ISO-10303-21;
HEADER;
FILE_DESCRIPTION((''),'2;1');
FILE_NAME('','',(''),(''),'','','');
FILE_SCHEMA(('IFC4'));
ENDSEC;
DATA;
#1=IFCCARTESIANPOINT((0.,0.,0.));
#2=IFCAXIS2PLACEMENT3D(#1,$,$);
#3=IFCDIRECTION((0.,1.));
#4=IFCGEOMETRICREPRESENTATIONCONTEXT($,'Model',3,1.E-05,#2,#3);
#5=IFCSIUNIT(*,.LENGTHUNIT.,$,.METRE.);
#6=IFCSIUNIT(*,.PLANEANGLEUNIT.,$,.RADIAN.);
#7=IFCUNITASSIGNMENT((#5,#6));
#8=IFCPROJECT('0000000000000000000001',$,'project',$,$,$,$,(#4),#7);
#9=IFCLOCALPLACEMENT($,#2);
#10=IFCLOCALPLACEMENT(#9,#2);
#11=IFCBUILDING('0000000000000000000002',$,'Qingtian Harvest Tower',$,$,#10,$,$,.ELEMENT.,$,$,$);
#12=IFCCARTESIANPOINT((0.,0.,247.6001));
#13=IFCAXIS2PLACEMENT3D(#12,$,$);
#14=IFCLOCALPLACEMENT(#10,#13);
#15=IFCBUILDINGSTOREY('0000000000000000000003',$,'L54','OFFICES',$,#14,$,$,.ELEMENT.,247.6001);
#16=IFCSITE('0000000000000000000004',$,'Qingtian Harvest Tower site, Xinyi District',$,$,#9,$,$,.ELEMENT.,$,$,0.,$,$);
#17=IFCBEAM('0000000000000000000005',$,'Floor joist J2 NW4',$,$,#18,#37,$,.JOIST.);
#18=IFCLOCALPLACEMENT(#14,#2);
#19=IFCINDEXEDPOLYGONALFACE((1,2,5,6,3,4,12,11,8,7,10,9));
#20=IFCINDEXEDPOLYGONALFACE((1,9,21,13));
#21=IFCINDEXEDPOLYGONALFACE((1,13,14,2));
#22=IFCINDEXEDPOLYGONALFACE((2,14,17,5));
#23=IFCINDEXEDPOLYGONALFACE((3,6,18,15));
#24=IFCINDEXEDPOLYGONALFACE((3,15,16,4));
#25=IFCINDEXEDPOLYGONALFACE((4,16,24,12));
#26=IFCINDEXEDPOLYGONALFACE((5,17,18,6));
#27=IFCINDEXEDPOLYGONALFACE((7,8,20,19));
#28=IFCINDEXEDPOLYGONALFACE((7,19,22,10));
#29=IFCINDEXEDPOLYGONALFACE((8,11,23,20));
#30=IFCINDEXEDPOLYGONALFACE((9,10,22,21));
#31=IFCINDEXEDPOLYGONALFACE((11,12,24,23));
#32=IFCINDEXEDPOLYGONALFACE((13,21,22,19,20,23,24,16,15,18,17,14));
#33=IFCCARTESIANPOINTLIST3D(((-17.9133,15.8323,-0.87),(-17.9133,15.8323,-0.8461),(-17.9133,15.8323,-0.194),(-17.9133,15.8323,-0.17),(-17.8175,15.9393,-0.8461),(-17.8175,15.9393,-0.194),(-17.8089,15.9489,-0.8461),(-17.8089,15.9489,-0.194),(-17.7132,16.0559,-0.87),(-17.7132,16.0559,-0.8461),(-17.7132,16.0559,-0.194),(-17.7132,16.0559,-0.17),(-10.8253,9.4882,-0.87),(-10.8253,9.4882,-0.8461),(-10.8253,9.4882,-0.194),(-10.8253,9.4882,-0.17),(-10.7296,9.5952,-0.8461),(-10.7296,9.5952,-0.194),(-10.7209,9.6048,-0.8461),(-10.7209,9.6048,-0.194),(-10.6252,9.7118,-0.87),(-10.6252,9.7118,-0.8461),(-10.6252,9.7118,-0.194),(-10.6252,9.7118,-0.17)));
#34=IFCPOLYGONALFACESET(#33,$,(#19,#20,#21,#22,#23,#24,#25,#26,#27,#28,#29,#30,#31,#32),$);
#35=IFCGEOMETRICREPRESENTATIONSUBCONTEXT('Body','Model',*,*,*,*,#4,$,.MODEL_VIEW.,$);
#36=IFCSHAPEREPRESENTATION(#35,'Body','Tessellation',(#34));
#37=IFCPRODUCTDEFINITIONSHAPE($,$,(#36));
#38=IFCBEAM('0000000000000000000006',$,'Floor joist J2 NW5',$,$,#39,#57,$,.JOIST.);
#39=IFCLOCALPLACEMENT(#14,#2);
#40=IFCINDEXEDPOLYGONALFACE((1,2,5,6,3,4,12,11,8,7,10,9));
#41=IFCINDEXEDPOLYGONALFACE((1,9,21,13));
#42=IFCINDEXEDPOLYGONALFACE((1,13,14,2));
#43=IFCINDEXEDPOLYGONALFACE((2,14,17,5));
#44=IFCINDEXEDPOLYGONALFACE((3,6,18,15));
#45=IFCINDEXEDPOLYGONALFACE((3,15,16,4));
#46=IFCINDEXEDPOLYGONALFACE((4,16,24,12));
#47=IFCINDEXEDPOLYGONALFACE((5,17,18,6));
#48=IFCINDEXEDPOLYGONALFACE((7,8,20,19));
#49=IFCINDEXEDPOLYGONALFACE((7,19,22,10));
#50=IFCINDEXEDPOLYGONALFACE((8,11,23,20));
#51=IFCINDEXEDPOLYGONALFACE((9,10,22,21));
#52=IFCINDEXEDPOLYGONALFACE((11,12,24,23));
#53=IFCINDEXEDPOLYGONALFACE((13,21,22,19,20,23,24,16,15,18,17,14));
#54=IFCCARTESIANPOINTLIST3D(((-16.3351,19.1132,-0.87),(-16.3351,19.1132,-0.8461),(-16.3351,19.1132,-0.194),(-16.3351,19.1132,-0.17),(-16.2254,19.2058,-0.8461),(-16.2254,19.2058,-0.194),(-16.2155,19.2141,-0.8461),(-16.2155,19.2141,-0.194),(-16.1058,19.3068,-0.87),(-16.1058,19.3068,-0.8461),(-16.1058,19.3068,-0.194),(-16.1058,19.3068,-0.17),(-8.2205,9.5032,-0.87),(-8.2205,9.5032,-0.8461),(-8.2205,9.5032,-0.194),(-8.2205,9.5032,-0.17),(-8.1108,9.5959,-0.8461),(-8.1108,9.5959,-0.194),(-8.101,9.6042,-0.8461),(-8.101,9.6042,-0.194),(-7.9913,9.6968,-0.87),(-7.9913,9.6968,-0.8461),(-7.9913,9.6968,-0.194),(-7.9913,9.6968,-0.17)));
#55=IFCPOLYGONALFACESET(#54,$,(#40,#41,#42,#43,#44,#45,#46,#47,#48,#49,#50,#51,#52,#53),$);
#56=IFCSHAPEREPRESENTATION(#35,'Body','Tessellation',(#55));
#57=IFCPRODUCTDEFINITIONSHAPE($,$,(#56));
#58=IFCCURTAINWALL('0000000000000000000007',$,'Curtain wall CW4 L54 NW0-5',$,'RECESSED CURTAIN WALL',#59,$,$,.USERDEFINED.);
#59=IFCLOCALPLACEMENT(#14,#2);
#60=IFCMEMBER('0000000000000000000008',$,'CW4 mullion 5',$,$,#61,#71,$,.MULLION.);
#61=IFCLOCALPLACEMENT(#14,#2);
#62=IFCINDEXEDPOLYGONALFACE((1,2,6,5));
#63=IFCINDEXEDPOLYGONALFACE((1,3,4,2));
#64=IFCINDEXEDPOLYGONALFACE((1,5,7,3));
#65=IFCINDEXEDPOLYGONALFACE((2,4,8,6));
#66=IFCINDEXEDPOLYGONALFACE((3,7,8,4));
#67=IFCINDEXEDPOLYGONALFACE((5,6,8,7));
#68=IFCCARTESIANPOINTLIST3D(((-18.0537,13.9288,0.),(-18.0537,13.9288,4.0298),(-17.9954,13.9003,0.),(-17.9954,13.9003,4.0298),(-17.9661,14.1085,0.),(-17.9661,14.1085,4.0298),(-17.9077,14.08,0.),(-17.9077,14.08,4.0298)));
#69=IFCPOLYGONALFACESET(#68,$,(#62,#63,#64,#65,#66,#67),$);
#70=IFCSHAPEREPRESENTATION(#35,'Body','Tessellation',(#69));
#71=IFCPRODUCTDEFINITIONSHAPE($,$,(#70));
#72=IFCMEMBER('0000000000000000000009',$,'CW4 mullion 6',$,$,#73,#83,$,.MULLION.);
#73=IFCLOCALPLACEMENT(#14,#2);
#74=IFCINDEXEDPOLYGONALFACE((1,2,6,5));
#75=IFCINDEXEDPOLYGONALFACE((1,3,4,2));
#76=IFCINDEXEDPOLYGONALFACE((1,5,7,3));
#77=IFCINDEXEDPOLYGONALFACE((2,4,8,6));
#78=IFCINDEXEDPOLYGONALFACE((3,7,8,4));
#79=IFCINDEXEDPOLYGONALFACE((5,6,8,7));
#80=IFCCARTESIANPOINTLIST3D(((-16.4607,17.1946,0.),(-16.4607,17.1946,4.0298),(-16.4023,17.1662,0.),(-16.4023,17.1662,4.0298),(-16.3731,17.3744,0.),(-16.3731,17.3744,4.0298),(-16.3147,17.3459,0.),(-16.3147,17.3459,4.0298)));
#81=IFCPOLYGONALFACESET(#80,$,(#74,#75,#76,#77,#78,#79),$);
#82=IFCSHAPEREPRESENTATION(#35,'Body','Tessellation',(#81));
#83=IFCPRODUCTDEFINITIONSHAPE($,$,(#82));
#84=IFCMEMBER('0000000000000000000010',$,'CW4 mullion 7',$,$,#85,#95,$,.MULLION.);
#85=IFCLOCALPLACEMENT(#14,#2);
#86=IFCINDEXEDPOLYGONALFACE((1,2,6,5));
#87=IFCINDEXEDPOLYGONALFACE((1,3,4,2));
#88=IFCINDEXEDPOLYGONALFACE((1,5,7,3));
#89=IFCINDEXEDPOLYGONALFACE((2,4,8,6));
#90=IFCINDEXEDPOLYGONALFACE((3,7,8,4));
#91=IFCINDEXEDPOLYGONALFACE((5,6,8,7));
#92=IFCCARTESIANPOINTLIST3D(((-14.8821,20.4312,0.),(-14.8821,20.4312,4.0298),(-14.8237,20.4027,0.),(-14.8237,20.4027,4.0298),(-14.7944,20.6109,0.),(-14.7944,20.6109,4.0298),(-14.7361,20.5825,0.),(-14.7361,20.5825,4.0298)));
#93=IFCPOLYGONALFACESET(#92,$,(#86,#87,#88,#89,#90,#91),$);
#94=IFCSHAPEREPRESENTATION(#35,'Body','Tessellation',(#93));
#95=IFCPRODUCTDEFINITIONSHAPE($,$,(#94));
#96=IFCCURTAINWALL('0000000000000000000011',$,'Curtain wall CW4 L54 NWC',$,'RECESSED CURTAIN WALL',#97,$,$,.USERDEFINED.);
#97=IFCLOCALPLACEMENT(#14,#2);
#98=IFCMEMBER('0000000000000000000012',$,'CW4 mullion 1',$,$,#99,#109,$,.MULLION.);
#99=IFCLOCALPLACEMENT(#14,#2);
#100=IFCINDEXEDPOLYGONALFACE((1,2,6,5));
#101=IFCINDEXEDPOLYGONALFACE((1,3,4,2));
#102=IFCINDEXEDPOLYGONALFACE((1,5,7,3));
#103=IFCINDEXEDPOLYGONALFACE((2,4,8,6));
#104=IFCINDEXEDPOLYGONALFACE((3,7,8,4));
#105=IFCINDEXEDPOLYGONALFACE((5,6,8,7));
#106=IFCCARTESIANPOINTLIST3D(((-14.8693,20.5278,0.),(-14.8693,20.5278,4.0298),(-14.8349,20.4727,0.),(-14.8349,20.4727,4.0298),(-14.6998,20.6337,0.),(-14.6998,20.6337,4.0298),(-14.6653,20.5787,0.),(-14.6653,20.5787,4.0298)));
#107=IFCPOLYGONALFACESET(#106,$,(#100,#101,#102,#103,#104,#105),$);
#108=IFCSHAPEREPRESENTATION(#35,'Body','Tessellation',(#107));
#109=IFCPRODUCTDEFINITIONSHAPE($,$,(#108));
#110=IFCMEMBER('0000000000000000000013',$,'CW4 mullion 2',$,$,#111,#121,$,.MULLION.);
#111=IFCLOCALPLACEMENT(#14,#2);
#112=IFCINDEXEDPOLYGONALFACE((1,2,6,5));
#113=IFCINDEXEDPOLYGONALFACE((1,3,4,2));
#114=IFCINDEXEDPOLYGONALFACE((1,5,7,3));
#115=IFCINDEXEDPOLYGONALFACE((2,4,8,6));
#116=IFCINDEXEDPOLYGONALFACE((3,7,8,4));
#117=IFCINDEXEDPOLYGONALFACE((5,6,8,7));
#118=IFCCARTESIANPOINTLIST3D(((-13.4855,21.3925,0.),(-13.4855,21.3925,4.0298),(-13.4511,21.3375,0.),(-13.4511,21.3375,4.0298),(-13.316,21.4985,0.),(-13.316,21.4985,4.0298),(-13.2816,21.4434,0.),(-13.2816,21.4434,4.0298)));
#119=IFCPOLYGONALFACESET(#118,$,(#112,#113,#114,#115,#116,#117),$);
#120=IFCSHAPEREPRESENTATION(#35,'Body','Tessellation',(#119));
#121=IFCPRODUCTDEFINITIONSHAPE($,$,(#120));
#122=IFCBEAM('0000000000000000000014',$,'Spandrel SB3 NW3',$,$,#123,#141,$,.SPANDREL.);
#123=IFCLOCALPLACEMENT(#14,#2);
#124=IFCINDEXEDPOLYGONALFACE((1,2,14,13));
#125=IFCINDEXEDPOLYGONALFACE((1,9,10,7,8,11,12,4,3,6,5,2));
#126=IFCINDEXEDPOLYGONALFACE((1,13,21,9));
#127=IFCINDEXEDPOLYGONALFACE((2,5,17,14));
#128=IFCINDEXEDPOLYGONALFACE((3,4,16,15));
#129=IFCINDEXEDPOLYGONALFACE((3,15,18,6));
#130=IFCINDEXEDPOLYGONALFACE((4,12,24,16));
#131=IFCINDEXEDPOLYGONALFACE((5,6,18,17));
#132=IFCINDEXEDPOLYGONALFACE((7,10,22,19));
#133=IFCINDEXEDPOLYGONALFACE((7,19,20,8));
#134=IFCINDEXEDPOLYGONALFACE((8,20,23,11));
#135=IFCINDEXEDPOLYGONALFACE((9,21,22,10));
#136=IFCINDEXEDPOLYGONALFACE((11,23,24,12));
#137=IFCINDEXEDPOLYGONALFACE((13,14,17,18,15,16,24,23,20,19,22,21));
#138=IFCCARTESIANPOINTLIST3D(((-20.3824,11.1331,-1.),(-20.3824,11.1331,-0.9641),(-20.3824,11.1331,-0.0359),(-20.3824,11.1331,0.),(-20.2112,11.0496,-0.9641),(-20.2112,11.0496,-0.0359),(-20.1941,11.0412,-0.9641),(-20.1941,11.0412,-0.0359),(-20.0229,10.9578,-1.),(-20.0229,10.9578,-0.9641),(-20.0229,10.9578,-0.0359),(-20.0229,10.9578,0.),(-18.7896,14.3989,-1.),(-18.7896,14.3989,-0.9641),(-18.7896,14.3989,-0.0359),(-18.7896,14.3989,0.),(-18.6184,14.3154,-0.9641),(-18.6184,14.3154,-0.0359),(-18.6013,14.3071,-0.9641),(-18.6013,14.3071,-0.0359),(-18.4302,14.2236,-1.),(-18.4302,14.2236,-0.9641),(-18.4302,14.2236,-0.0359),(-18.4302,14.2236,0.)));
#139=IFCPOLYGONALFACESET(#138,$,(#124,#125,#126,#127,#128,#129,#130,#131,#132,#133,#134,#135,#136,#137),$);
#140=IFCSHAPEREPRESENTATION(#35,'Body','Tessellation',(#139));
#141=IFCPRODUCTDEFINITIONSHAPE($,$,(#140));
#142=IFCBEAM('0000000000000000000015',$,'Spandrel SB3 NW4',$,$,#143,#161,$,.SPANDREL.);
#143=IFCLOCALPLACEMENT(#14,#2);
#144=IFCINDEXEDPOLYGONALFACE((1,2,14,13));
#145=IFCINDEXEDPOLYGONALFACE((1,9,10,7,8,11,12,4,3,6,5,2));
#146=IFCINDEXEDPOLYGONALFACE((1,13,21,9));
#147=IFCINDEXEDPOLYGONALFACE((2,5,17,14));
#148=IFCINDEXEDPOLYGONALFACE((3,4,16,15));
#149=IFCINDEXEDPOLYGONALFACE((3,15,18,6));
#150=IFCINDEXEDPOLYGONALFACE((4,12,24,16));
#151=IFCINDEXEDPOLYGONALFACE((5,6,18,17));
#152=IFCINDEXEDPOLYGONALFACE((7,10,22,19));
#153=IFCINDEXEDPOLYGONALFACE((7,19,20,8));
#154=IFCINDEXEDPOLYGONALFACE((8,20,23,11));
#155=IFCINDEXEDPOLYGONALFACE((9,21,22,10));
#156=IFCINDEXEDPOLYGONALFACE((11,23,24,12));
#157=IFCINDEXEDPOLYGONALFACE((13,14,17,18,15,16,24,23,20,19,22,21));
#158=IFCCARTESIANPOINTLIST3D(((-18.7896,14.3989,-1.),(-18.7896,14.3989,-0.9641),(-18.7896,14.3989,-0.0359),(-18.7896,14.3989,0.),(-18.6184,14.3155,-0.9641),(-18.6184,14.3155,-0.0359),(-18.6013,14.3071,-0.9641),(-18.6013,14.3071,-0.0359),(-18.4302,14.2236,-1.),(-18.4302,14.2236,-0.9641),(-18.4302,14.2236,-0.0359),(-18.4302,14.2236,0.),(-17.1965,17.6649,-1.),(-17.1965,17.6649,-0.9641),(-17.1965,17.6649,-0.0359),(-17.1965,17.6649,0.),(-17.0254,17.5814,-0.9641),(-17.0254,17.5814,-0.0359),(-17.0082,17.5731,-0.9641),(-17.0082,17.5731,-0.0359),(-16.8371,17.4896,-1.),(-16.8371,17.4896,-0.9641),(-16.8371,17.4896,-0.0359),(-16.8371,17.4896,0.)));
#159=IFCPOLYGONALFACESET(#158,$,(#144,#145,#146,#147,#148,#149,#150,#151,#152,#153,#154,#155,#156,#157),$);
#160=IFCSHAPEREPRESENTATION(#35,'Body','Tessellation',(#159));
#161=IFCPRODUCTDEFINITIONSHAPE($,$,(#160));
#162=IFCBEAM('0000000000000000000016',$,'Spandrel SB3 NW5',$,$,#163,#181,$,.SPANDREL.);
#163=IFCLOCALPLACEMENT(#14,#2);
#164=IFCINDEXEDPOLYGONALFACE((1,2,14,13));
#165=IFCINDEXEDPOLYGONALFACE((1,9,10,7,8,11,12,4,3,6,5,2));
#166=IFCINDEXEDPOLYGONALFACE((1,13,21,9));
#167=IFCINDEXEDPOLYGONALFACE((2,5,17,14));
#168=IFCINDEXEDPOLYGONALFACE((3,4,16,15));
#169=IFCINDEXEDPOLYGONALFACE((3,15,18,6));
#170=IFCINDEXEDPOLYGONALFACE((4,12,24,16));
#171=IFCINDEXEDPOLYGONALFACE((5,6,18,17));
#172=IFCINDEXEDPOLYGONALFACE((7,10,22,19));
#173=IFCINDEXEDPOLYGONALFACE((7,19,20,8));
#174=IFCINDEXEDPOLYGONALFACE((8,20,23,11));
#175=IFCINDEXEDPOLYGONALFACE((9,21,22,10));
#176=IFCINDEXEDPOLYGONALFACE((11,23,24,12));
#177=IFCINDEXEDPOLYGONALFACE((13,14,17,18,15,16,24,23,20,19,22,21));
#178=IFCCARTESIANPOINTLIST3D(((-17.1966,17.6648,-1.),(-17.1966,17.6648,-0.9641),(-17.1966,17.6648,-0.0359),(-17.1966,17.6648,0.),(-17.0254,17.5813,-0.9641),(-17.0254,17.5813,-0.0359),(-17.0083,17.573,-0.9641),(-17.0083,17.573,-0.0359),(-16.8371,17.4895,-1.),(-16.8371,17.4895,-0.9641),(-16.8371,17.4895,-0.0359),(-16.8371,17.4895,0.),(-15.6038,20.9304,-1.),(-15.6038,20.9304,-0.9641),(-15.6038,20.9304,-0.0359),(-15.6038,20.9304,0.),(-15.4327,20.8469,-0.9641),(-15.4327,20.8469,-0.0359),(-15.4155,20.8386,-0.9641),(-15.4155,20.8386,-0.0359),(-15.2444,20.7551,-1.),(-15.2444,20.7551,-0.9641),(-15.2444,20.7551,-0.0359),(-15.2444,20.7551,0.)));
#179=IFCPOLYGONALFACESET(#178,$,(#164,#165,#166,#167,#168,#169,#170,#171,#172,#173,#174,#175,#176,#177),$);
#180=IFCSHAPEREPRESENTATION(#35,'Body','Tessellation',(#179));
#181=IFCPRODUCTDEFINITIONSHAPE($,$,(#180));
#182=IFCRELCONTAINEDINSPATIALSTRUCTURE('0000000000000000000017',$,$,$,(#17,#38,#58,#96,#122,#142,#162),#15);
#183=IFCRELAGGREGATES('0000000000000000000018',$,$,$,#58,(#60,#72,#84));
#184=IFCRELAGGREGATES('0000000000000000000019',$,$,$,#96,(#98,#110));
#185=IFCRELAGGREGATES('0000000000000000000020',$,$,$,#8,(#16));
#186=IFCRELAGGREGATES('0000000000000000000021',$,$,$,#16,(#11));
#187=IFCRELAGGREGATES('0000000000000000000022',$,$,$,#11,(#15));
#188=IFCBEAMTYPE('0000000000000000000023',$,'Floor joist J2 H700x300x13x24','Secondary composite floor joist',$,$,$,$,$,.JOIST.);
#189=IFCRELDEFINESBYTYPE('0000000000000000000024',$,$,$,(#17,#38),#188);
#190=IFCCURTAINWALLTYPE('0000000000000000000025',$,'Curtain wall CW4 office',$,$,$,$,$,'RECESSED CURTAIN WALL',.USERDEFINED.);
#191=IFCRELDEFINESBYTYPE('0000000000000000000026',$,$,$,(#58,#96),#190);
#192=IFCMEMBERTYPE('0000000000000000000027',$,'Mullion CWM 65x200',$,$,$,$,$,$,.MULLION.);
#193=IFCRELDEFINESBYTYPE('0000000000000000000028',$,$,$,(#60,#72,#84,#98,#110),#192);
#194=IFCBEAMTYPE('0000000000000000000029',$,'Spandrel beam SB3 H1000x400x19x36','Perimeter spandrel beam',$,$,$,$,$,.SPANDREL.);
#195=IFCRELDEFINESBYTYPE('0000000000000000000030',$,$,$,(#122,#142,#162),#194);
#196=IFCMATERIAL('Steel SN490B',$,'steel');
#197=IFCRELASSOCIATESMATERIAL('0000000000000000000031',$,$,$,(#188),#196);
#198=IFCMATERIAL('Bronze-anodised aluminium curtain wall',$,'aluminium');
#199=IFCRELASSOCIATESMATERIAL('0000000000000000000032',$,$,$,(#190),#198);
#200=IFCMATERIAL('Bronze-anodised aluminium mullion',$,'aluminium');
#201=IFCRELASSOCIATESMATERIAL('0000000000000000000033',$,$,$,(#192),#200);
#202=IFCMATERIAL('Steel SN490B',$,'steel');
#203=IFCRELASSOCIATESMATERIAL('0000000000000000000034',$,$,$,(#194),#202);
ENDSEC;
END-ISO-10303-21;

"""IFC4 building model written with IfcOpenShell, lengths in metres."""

from ifc_helpers import new_model, si_unit, direction, frame, origin, origin_2d, place, context, subcontext, project, spatial, rectangle, i_section, extrude, material, material_profile, profile_set, type_object, element, aggregate, save


model = new_model("IFC4")

# Units and contexts
model_context = context("Model", 3, precision=1e-05, world=origin(), true_north=direction((0.0, 1.0)))
body_context = subcontext(model_context, "Body", "Model", "MODEL_VIEW")
ifc_project = project(units=[si_unit("LENGTHUNIT", "METRE"), si_unit("PLANEANGLEUNIT", "RADIAN")], contexts=[model_context])

# Site, building, storey
site_placement = place(None, origin())
site = spatial("IfcSite", under=ifc_project, at=site_placement, Name="Qingtian Harvest Tower site, Xinyi District", CompositionType="ELEMENT", RefElevation=0.0)
building_placement = place(site_placement, origin())
building = spatial("IfcBuilding", under=site, at=building_placement, Name="Qingtian Harvest Tower", CompositionType="ELEMENT")
storey_placement = place(building_placement, frame((0.0, 0.0, 247.6001)))
storey = spatial("IfcBuildingStorey", under=building, at=storey_placement, Name="L54", Description="OFFICES", CompositionType="ELEMENT", Elevation=247.6001)

# Beams
ifc_material_1 = material(Name="Steel SN490B", Category="steel")
ifc_material_profile_1 = material_profile(ifc_material_1, i_section(OverallWidth=0.3, OverallDepth=0.7, WebThickness=0.0129, FlangeThickness=0.0239, at=origin_2d()), Name="H700x300x13x24")
ifc_profile_set_1 = profile_set([ifc_material_profile_1], Name="Steel SN490B")
beam_type_1 = type_object("IfcBeamType", Name="Floor joist J2 H700x300x13x24", Description="Secondary composite floor joist", PredefinedType="JOIST", material=ifc_profile_set_1)
beam_1_placement = place(storey_placement, frame((-17.8132, 15.9441, -0.52), z_axis=(0.745127, -0.666923, 0.0), x_axis=(0.666923, 0.745127, 0.0)))
element("IfcBeam", 1, at=beam_1_placement, inside=storey, type_object=beam_type_1, Name="Floor joist J2 NW4", PredefinedType="JOIST", context=body_context, shape_type="SweptSolid", body=[
    extrude(i_section(OverallWidth=0.3, OverallDepth=0.7, WebThickness=0.0129, FlangeThickness=0.0239, at=origin_2d()), origin(), (0.0, 0.0, 1.0), 9.5125),
])
beam_2_placement = place(storey_placement, frame((-16.2205, 19.21, -0.52), z_axis=(0.645158, -0.764049, 0.0), x_axis=(0.764049, 0.645158, 0.0)))
element("IfcBeam", 2, at=beam_2_placement, inside=storey, type_object=beam_type_1, Name="Floor joist J2 NW5", PredefinedType="JOIST", context=body_context, shape_type="SweptSolid", body=[
    extrude(i_section(OverallWidth=0.3, OverallDepth=0.7, WebThickness=0.0129, FlangeThickness=0.0239, at=origin_2d()), origin(), (0.0, 0.0, 1.0), 12.5776),
])

# Curtain walls, members
ifc_material_2 = material(Name="Bronze-anodised aluminium curtain wall", Category="aluminium")
curtain_wall_type = type_object("IfcCurtainWallType", Name="Curtain wall CW4 office", ElementType="RECESSED CURTAIN WALL", PredefinedType="USERDEFINED", material=ifc_material_2)
curtain_wall_1_placement = place(storey_placement, origin())
curtain_wall_1 = element("IfcCurtainWall", 3, at=curtain_wall_1_placement, inside=storey, type_object=curtain_wall_type, Name="Curtain wall CW4 L54 NW0-5", ObjectType="RECESSED CURTAIN WALL", PredefinedType="USERDEFINED")
ifc_material_3 = material(Name="Bronze-anodised aluminium mullion", Category="aluminium")
ifc_material_profile_2 = material_profile(ifc_material_3, rectangle(XDim=0.0649, YDim=0.2, at=origin_2d()), Name="AL 65x200")
ifc_profile_set_2 = profile_set([ifc_material_profile_2], Name="Bronze-anodised aluminium mullion")
member_type_1 = type_object("IfcMemberType", Name="Mullion CWM 65x200", PredefinedType="MULLION", material=ifc_profile_set_2)
member_1_placement = place(storey_placement, frame((-17.9807, 14.0044, 0.0), z_axis=(0.0, 0.0, 1.0), x_axis=(-0.898794, 0.438371, 0.0)))
member_1 = element("IfcMember", 4, at=member_1_placement, type_object=member_type_1, Name="CW4 mullion 5", PredefinedType="MULLION", context=body_context, shape_type="SweptSolid", body=[
    extrude(rectangle(XDim=0.0649, YDim=0.2, at=origin_2d()), origin(), (0.0, 0.0, 1.0), 4.0298),
])
member_2_placement = place(storey_placement, frame((-16.3877, 17.2703, 0.0), z_axis=(0.0, 0.0, 1.0), x_axis=(-0.898794, 0.438371, 0.0)))
member_2 = element("IfcMember", 5, at=member_2_placement, type_object=member_type_1, Name="CW4 mullion 6", PredefinedType="MULLION", context=body_context, shape_type="SweptSolid", body=[
    extrude(rectangle(XDim=0.0649, YDim=0.2, at=origin_2d()), origin(), (0.0, 0.0, 1.0), 4.0298),
])
member_3_placement = place(storey_placement, frame((-14.8091, 20.5068, 0.0), z_axis=(0.0, 0.0, 1.0), x_axis=(-0.898794, 0.438371, 0.0)))
member_3 = element("IfcMember", 6, at=member_3_placement, type_object=member_type_1, Name="CW4 mullion 7", PredefinedType="MULLION", context=body_context, shape_type="SweptSolid", body=[
    extrude(rectangle(XDim=0.0649, YDim=0.2, at=origin_2d()), origin(), (0.0, 0.0, 1.0), 4.0298),
])
curtain_wall_2_placement = place(storey_placement, origin())
curtain_wall_2 = element("IfcCurtainWall", 7, at=curtain_wall_2_placement, inside=storey, type_object=curtain_wall_type, Name="Curtain wall CW4 L54 NWC", ObjectType="RECESSED CURTAIN WALL", PredefinedType="USERDEFINED")
member_4_placement = place(storey_placement, frame((-14.7673, 20.5532, 0.0), z_axis=(0.0, 0.0, 1.0), x_axis=(-0.529919, 0.848048, 0.0)))
member_4 = element("IfcMember", 8, at=member_4_placement, type_object=member_type_1, Name="CW4 mullion 1", PredefinedType="MULLION", context=body_context, shape_type="SweptSolid", body=[
    extrude(rectangle(XDim=0.0649, YDim=0.2, at=origin_2d()), origin(), (0.0, 0.0, 1.0), 4.0298),
])
member_5_placement = place(storey_placement, frame((-13.3835, 21.418, 0.0), z_axis=(0.0, 0.0, 1.0), x_axis=(-0.529919, 0.848048, 0.0)))
member_5 = element("IfcMember", 9, at=member_5_placement, type_object=member_type_1, Name="CW4 mullion 2", PredefinedType="MULLION", context=body_context, shape_type="SweptSolid", body=[
    extrude(rectangle(XDim=0.0649, YDim=0.2, at=origin_2d()), origin(), (0.0, 0.0, 1.0), 4.0298),
])

# Beams
ifc_material_4 = material(Name="Steel SN490B", Category="steel")
ifc_material_profile_3 = material_profile(ifc_material_4, i_section(OverallWidth=0.3999, OverallDepth=1.0, WebThickness=0.019, FlangeThickness=0.0359, at=origin_2d()), Name="H1000x400x19x36")
ifc_profile_set_3 = profile_set([ifc_material_profile_3], Name="Steel SN490B")
beam_type_2 = type_object("IfcBeamType", Name="Spandrel beam SB3 H1000x400x19x36", Description="Perimeter spandrel beam", PredefinedType="SPANDREL", material=ifc_profile_set_3)
beam_3_placement = place(storey_placement, frame((-20.2026, 11.0454, -0.5), z_axis=(0.438349, 0.898805, 0.0), x_axis=(-0.898805, 0.438349, 0.0)))
element("IfcBeam", 10, at=beam_3_placement, inside=storey, type_object=beam_type_2, Name="Spandrel SB3 NW3", PredefinedType="SPANDREL", context=body_context, shape_type="SweptSolid", body=[
    extrude(i_section(OverallWidth=0.3999, OverallDepth=1.0, WebThickness=0.019, FlangeThickness=0.0359, at=origin_2d()), origin(), (0.0, 0.0, 1.0), 3.6335),
])
beam_4_placement = place(storey_placement, frame((-18.6099, 14.3113, -0.5), z_axis=(0.438404, 0.898778, 0.0), x_axis=(-0.898778, 0.438404, 0.0)))
element("IfcBeam", 11, at=beam_4_placement, inside=storey, type_object=beam_type_2, Name="Spandrel SB3 NW4", PredefinedType="SPANDREL", context=body_context, shape_type="SweptSolid", body=[
    extrude(i_section(OverallWidth=0.3999, OverallDepth=1.0, WebThickness=0.019, FlangeThickness=0.0359, at=origin_2d()), origin(), (0.0, 0.0, 1.0), 3.6338),
])
beam_5_placement = place(storey_placement, frame((-17.0168, 17.5771, -0.5), z_axis=(0.438376, 0.898792, 0.0), x_axis=(-0.898792, 0.438376, 0.0)))
element("IfcBeam", 12, at=beam_5_placement, inside=storey, type_object=beam_type_2, Name="Spandrel SB3 NW5", PredefinedType="SPANDREL", context=body_context, shape_type="SweptSolid", body=[
    extrude(i_section(OverallWidth=0.3999, OverallDepth=1.0, WebThickness=0.019, FlangeThickness=0.0359, at=origin_2d()), origin(), (0.0, 0.0, 1.0), 3.6333),
])

aggregate(curtain_wall_1, [member_1, member_2, member_3])
aggregate(curtain_wall_2, [member_4, member_5])

save(model, "model.ifc")
